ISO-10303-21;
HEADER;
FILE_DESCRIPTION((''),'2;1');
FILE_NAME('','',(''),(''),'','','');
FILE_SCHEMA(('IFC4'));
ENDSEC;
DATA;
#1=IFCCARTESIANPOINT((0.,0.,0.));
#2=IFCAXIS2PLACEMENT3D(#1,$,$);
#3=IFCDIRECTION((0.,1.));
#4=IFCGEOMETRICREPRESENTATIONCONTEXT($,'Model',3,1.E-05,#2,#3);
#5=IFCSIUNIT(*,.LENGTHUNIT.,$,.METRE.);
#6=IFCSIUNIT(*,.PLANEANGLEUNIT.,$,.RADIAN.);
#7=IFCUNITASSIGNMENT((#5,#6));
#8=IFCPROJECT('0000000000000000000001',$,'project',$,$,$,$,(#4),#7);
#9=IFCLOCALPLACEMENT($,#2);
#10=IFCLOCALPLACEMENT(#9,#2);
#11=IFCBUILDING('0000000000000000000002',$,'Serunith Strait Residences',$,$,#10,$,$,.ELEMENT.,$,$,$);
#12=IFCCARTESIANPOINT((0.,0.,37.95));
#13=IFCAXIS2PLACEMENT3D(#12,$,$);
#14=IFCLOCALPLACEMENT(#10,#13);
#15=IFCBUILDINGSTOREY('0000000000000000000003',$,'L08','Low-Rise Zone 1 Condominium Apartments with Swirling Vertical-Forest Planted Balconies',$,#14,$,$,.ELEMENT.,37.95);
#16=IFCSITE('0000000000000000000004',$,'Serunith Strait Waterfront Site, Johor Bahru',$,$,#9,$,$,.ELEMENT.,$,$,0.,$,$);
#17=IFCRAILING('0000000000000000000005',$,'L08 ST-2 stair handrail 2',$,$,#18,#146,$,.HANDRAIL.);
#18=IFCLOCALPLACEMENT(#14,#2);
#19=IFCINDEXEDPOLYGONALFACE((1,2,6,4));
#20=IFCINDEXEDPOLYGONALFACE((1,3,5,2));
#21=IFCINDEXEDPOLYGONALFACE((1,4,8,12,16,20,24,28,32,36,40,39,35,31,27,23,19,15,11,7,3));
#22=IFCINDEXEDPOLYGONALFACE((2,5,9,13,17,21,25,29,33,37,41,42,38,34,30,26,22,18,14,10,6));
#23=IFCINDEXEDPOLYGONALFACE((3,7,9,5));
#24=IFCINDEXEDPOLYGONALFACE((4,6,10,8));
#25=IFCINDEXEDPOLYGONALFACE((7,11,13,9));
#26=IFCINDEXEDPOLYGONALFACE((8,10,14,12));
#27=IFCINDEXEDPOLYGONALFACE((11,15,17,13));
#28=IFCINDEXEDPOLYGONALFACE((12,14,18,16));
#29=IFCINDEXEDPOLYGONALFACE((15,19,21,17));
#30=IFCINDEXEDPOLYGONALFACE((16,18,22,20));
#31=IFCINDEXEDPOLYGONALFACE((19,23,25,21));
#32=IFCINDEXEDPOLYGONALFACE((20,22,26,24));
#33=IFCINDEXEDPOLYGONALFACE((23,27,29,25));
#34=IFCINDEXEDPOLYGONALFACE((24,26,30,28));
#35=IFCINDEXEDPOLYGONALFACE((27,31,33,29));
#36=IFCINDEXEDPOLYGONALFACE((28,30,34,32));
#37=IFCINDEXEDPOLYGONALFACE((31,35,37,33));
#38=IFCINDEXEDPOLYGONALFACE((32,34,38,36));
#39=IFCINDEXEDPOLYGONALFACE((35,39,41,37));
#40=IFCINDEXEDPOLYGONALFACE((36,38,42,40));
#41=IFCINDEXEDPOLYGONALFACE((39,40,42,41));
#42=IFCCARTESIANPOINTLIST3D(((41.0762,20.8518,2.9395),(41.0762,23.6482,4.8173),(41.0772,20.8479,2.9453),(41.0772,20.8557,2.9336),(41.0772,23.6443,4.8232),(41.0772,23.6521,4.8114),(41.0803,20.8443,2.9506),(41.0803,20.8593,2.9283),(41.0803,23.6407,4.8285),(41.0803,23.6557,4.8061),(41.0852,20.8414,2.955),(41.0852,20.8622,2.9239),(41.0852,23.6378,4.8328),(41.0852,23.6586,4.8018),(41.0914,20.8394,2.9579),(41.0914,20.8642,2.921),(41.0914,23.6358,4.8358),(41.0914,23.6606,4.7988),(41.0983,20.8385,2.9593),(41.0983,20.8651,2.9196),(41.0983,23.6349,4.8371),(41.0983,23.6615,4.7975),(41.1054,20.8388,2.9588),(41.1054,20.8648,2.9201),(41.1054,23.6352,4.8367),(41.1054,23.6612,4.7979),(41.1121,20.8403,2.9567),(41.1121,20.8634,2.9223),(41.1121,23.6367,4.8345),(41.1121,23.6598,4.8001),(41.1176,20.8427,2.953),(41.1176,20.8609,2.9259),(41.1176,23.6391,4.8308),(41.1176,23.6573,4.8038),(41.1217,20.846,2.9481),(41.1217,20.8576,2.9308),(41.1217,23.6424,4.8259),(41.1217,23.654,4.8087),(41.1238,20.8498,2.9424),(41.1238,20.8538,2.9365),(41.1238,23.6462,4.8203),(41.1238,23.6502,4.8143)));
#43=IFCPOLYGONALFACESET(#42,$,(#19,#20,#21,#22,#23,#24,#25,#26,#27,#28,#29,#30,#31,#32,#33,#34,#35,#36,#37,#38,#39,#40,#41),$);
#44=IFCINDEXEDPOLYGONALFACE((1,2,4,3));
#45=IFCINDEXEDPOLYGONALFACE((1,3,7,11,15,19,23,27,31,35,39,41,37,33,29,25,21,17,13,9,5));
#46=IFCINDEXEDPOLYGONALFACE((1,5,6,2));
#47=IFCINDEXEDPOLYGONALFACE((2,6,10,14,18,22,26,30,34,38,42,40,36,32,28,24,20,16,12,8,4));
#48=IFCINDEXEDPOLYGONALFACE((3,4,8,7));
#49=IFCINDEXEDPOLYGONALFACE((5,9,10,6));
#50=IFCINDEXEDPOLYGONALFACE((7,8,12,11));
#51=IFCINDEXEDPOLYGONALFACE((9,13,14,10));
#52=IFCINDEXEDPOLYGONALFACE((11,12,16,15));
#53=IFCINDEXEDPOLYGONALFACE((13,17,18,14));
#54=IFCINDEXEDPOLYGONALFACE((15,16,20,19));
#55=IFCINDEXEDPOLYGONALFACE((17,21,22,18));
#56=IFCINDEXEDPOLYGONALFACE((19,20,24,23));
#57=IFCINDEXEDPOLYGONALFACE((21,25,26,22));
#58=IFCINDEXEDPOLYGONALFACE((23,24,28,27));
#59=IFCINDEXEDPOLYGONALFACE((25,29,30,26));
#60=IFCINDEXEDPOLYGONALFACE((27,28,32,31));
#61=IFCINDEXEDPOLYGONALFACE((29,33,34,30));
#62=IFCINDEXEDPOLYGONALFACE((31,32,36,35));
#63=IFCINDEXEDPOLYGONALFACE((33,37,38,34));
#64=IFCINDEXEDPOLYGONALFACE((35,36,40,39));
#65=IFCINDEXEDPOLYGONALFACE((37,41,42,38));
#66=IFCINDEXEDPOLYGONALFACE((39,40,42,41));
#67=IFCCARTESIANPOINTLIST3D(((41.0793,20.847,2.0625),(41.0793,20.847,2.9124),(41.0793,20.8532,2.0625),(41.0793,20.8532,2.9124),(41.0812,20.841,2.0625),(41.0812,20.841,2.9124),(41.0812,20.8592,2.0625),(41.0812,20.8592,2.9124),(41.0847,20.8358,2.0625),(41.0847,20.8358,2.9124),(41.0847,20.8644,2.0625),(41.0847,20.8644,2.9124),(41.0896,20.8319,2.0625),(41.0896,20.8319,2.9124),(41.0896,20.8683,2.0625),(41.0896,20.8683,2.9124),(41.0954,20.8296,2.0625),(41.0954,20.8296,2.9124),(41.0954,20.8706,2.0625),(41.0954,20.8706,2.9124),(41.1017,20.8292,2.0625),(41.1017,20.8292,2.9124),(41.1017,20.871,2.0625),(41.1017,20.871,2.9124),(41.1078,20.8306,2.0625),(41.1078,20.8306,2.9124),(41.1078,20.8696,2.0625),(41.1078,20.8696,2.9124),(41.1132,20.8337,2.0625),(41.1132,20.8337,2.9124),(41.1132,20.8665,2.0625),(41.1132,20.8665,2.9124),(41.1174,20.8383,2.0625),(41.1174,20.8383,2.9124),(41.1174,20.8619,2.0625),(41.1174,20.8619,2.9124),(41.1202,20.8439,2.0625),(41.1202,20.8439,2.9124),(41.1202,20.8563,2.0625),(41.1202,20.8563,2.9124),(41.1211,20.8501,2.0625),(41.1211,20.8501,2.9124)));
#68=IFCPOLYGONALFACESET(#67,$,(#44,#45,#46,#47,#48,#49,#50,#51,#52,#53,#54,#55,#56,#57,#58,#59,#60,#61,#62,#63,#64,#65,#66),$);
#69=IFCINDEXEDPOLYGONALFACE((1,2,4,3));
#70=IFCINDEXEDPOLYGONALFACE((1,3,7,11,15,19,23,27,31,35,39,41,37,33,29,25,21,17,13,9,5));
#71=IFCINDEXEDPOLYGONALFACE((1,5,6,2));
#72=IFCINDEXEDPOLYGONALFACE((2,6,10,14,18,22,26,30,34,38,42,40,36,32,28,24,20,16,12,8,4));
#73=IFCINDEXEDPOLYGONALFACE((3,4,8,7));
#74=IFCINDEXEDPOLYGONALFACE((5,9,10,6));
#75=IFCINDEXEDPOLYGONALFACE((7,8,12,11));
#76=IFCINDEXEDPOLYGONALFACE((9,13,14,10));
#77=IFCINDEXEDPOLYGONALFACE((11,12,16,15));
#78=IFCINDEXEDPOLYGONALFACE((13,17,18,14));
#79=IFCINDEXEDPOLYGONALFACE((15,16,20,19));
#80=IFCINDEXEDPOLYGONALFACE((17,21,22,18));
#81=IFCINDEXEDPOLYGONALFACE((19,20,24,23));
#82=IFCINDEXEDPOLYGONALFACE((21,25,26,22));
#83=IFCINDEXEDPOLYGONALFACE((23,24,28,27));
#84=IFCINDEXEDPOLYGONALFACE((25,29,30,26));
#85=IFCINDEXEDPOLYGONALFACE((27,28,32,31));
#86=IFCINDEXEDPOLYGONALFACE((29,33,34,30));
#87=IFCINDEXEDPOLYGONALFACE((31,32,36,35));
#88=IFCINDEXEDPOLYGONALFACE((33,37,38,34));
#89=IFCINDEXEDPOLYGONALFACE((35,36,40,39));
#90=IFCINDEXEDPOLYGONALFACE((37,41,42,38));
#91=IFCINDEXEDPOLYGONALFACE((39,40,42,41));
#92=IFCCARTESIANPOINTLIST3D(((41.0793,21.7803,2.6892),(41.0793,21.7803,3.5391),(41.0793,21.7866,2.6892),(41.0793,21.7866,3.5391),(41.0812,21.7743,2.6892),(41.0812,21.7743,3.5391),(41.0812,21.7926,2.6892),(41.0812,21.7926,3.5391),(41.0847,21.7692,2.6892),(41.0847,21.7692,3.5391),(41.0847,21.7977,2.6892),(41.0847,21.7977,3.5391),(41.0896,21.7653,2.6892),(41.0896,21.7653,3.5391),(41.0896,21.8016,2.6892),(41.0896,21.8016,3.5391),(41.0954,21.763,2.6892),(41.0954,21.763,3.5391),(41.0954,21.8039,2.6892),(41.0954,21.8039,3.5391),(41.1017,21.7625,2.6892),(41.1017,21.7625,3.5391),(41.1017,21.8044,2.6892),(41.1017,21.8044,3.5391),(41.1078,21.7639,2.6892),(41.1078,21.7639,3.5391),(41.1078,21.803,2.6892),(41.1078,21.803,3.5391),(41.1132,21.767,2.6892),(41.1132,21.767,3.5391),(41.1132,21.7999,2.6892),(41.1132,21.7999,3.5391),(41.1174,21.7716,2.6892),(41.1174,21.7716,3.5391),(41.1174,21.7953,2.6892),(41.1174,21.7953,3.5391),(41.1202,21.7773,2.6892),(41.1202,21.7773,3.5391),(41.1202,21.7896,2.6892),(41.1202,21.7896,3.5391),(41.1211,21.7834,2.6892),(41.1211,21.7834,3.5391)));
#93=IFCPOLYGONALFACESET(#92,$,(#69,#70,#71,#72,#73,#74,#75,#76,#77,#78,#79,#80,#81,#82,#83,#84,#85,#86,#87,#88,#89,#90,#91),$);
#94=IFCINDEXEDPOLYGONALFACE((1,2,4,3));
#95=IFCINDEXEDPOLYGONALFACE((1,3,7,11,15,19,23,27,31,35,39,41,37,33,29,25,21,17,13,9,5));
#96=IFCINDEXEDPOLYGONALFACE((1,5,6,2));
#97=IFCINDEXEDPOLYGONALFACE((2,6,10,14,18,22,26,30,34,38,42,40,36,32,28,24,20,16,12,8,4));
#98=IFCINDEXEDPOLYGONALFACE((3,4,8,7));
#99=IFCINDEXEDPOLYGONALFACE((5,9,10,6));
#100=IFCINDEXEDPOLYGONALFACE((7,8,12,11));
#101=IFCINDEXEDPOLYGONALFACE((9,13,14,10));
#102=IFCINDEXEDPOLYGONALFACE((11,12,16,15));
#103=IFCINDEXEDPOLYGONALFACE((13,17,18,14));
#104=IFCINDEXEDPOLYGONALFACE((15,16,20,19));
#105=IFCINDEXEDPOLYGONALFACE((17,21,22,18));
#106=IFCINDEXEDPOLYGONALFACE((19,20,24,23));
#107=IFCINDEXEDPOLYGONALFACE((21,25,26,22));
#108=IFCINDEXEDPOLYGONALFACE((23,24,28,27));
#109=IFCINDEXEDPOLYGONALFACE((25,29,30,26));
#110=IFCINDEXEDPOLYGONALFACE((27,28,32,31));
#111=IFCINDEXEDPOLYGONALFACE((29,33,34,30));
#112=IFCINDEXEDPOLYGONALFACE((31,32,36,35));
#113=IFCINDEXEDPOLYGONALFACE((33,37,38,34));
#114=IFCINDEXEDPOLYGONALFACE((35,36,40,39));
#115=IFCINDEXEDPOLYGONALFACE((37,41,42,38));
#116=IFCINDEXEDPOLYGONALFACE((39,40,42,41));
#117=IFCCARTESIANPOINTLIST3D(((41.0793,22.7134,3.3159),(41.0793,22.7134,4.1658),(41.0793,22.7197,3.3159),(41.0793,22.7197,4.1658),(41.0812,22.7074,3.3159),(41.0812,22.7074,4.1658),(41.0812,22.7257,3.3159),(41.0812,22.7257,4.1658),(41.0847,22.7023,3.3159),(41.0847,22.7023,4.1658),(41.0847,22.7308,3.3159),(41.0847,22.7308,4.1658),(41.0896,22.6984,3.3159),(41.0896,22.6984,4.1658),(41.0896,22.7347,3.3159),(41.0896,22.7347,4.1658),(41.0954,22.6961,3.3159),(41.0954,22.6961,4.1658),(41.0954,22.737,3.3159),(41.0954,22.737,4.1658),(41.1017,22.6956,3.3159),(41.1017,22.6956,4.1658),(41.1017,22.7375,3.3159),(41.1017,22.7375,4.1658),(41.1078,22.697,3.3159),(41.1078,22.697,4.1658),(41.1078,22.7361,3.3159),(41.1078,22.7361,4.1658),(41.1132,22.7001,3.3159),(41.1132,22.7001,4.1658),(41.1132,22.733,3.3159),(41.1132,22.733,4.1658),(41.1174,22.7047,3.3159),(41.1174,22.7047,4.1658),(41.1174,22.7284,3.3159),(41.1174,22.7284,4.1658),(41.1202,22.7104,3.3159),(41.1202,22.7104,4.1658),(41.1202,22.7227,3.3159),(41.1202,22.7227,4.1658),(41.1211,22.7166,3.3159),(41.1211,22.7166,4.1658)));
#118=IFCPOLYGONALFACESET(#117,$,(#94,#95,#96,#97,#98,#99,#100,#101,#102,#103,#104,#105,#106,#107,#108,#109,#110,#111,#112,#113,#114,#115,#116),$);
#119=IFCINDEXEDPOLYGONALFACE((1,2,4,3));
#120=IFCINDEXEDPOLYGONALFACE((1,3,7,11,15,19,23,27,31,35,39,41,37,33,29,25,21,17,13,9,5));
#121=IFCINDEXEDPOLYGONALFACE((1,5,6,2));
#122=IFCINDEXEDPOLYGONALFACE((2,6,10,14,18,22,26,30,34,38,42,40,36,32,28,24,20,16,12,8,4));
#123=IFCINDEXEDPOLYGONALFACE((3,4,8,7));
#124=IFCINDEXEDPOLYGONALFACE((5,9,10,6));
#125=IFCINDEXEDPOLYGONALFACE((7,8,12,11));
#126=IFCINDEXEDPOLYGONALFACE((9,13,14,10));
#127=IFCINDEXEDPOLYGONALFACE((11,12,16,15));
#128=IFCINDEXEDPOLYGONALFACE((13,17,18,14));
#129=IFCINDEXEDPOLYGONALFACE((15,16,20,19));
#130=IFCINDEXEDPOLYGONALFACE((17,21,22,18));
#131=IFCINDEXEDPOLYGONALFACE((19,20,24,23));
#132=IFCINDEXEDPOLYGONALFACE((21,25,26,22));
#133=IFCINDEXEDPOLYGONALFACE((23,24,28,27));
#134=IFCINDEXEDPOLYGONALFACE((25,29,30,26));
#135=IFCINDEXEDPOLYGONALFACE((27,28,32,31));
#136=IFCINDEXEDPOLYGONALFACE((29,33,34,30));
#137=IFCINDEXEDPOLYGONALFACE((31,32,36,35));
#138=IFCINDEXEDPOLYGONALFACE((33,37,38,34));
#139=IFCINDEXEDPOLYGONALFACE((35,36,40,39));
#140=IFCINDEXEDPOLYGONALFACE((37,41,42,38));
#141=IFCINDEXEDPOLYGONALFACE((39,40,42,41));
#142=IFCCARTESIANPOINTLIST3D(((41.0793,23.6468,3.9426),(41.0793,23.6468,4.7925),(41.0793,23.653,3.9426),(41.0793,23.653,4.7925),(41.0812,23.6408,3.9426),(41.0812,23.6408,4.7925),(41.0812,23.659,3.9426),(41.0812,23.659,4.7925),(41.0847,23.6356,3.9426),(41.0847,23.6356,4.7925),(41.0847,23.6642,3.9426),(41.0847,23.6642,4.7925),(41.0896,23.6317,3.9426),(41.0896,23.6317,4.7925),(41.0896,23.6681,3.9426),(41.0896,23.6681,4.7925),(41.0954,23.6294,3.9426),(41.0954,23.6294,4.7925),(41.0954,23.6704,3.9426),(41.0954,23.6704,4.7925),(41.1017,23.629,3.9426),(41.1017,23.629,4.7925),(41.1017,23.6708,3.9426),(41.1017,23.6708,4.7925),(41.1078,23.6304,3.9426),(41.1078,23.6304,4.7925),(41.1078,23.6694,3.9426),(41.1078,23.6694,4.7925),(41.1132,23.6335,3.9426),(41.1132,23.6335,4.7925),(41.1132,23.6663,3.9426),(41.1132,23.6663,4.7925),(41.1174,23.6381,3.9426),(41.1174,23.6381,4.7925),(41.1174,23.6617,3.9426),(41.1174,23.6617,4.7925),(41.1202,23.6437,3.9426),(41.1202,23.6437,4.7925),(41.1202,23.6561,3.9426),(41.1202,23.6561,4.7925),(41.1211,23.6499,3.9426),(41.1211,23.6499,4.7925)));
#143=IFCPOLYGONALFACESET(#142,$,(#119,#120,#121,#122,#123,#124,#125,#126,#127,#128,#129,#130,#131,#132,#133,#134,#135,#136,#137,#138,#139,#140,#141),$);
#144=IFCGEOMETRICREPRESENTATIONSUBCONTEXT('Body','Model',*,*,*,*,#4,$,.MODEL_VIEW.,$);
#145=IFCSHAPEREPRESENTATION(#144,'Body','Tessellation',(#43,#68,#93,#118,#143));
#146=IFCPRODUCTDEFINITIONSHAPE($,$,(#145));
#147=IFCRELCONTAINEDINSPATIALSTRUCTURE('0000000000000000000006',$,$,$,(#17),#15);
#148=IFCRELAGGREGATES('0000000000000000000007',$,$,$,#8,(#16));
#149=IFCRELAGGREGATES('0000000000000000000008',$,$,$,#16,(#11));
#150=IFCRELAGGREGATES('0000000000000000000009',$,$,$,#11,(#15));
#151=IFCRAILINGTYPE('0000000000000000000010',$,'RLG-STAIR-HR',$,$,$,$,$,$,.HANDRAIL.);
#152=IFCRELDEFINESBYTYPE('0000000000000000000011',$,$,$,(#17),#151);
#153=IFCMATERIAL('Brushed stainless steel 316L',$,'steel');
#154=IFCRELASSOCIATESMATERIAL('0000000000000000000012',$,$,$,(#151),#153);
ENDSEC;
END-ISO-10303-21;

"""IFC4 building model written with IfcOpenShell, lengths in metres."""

from ifc_helpers import new_model, si_unit, direction, frame, origin, origin_2d, place, context, subcontext, project, spatial, circle, extrude, material, type_object, element, save


model = new_model("IFC4")

# Units and contexts
model_context = context("Model", 3, precision=1e-05, world=origin(), true_north=direction((0.0, 1.0)))
body_context = subcontext(model_context, "Body", "Model", "MODEL_VIEW")
ifc_project = project(units=[si_unit("LENGTHUNIT", "METRE"), si_unit("PLANEANGLEUNIT", "RADIAN")], contexts=[model_context])

# Site, building, storey
site_placement = place(None, origin())
site = spatial("IfcSite", under=ifc_project, at=site_placement, Name="Serunith Strait Waterfront Site, Johor Bahru", CompositionType="ELEMENT", RefElevation=0.0)
building_placement = place(site_placement, origin())
building = spatial("IfcBuilding", under=site, at=building_placement, Name="Serunith Strait Residences", CompositionType="ELEMENT")
storey_placement = place(building_placement, frame((0.0, 0.0, 37.95)))
storey = spatial("IfcBuildingStorey", under=building, at=storey_placement, Name="L08", Description="Low-Rise Zone 1 Condominium Apartments with Swirling Vertical-Forest Planted Balconies", CompositionType="ELEMENT", Elevation=37.95)

# Railing
ifc_material_1 = material(Name="Brushed stainless steel 316L", Category="steel")
railing_type_1 = type_object("IfcRailingType", Name="RLG-STAIR-HR", PredefinedType="HANDRAIL", material=ifc_material_1)
railing_1_placement = place(storey_placement, frame((41.1001, 20.8501, 2.0625)))
element("IfcRailing", 1, at=railing_1_placement, inside=storey, type_object=railing_type_1, Name="L08 ST-2 stair handrail 2", PredefinedType="HANDRAIL", context=body_context, shape_type="SweptSolid", body=[
    extrude(circle(Radius=0.0239, at=origin_2d()), frame((0.0, 0.0017, 0.877), z_axis=(0.0, 0.830186, 0.557487), x_axis=(-1.0, 0.0, 0.0)), (0.0, 0.0, 1.0), 3.3684),
    extrude(circle(Radius=0.021, at=origin_2d()), origin(), (0.0, 0.0, 1.0), 0.8499),
    extrude(circle(Radius=0.021, at=origin_2d()), frame((0.0, 0.9333, 0.6267)), (0.0, 0.0, 1.0), 0.8499),
    extrude(circle(Radius=0.021, at=origin_2d()), frame((0.0, 1.8665, 1.2534)), (0.0, 0.0, 1.0), 0.8499),
    extrude(circle(Radius=0.021, at=origin_2d()), frame((0.0, 2.7998, 1.8801)), (0.0, 0.0, 1.0), 0.8499),
])

save(model, "model.ifc")
